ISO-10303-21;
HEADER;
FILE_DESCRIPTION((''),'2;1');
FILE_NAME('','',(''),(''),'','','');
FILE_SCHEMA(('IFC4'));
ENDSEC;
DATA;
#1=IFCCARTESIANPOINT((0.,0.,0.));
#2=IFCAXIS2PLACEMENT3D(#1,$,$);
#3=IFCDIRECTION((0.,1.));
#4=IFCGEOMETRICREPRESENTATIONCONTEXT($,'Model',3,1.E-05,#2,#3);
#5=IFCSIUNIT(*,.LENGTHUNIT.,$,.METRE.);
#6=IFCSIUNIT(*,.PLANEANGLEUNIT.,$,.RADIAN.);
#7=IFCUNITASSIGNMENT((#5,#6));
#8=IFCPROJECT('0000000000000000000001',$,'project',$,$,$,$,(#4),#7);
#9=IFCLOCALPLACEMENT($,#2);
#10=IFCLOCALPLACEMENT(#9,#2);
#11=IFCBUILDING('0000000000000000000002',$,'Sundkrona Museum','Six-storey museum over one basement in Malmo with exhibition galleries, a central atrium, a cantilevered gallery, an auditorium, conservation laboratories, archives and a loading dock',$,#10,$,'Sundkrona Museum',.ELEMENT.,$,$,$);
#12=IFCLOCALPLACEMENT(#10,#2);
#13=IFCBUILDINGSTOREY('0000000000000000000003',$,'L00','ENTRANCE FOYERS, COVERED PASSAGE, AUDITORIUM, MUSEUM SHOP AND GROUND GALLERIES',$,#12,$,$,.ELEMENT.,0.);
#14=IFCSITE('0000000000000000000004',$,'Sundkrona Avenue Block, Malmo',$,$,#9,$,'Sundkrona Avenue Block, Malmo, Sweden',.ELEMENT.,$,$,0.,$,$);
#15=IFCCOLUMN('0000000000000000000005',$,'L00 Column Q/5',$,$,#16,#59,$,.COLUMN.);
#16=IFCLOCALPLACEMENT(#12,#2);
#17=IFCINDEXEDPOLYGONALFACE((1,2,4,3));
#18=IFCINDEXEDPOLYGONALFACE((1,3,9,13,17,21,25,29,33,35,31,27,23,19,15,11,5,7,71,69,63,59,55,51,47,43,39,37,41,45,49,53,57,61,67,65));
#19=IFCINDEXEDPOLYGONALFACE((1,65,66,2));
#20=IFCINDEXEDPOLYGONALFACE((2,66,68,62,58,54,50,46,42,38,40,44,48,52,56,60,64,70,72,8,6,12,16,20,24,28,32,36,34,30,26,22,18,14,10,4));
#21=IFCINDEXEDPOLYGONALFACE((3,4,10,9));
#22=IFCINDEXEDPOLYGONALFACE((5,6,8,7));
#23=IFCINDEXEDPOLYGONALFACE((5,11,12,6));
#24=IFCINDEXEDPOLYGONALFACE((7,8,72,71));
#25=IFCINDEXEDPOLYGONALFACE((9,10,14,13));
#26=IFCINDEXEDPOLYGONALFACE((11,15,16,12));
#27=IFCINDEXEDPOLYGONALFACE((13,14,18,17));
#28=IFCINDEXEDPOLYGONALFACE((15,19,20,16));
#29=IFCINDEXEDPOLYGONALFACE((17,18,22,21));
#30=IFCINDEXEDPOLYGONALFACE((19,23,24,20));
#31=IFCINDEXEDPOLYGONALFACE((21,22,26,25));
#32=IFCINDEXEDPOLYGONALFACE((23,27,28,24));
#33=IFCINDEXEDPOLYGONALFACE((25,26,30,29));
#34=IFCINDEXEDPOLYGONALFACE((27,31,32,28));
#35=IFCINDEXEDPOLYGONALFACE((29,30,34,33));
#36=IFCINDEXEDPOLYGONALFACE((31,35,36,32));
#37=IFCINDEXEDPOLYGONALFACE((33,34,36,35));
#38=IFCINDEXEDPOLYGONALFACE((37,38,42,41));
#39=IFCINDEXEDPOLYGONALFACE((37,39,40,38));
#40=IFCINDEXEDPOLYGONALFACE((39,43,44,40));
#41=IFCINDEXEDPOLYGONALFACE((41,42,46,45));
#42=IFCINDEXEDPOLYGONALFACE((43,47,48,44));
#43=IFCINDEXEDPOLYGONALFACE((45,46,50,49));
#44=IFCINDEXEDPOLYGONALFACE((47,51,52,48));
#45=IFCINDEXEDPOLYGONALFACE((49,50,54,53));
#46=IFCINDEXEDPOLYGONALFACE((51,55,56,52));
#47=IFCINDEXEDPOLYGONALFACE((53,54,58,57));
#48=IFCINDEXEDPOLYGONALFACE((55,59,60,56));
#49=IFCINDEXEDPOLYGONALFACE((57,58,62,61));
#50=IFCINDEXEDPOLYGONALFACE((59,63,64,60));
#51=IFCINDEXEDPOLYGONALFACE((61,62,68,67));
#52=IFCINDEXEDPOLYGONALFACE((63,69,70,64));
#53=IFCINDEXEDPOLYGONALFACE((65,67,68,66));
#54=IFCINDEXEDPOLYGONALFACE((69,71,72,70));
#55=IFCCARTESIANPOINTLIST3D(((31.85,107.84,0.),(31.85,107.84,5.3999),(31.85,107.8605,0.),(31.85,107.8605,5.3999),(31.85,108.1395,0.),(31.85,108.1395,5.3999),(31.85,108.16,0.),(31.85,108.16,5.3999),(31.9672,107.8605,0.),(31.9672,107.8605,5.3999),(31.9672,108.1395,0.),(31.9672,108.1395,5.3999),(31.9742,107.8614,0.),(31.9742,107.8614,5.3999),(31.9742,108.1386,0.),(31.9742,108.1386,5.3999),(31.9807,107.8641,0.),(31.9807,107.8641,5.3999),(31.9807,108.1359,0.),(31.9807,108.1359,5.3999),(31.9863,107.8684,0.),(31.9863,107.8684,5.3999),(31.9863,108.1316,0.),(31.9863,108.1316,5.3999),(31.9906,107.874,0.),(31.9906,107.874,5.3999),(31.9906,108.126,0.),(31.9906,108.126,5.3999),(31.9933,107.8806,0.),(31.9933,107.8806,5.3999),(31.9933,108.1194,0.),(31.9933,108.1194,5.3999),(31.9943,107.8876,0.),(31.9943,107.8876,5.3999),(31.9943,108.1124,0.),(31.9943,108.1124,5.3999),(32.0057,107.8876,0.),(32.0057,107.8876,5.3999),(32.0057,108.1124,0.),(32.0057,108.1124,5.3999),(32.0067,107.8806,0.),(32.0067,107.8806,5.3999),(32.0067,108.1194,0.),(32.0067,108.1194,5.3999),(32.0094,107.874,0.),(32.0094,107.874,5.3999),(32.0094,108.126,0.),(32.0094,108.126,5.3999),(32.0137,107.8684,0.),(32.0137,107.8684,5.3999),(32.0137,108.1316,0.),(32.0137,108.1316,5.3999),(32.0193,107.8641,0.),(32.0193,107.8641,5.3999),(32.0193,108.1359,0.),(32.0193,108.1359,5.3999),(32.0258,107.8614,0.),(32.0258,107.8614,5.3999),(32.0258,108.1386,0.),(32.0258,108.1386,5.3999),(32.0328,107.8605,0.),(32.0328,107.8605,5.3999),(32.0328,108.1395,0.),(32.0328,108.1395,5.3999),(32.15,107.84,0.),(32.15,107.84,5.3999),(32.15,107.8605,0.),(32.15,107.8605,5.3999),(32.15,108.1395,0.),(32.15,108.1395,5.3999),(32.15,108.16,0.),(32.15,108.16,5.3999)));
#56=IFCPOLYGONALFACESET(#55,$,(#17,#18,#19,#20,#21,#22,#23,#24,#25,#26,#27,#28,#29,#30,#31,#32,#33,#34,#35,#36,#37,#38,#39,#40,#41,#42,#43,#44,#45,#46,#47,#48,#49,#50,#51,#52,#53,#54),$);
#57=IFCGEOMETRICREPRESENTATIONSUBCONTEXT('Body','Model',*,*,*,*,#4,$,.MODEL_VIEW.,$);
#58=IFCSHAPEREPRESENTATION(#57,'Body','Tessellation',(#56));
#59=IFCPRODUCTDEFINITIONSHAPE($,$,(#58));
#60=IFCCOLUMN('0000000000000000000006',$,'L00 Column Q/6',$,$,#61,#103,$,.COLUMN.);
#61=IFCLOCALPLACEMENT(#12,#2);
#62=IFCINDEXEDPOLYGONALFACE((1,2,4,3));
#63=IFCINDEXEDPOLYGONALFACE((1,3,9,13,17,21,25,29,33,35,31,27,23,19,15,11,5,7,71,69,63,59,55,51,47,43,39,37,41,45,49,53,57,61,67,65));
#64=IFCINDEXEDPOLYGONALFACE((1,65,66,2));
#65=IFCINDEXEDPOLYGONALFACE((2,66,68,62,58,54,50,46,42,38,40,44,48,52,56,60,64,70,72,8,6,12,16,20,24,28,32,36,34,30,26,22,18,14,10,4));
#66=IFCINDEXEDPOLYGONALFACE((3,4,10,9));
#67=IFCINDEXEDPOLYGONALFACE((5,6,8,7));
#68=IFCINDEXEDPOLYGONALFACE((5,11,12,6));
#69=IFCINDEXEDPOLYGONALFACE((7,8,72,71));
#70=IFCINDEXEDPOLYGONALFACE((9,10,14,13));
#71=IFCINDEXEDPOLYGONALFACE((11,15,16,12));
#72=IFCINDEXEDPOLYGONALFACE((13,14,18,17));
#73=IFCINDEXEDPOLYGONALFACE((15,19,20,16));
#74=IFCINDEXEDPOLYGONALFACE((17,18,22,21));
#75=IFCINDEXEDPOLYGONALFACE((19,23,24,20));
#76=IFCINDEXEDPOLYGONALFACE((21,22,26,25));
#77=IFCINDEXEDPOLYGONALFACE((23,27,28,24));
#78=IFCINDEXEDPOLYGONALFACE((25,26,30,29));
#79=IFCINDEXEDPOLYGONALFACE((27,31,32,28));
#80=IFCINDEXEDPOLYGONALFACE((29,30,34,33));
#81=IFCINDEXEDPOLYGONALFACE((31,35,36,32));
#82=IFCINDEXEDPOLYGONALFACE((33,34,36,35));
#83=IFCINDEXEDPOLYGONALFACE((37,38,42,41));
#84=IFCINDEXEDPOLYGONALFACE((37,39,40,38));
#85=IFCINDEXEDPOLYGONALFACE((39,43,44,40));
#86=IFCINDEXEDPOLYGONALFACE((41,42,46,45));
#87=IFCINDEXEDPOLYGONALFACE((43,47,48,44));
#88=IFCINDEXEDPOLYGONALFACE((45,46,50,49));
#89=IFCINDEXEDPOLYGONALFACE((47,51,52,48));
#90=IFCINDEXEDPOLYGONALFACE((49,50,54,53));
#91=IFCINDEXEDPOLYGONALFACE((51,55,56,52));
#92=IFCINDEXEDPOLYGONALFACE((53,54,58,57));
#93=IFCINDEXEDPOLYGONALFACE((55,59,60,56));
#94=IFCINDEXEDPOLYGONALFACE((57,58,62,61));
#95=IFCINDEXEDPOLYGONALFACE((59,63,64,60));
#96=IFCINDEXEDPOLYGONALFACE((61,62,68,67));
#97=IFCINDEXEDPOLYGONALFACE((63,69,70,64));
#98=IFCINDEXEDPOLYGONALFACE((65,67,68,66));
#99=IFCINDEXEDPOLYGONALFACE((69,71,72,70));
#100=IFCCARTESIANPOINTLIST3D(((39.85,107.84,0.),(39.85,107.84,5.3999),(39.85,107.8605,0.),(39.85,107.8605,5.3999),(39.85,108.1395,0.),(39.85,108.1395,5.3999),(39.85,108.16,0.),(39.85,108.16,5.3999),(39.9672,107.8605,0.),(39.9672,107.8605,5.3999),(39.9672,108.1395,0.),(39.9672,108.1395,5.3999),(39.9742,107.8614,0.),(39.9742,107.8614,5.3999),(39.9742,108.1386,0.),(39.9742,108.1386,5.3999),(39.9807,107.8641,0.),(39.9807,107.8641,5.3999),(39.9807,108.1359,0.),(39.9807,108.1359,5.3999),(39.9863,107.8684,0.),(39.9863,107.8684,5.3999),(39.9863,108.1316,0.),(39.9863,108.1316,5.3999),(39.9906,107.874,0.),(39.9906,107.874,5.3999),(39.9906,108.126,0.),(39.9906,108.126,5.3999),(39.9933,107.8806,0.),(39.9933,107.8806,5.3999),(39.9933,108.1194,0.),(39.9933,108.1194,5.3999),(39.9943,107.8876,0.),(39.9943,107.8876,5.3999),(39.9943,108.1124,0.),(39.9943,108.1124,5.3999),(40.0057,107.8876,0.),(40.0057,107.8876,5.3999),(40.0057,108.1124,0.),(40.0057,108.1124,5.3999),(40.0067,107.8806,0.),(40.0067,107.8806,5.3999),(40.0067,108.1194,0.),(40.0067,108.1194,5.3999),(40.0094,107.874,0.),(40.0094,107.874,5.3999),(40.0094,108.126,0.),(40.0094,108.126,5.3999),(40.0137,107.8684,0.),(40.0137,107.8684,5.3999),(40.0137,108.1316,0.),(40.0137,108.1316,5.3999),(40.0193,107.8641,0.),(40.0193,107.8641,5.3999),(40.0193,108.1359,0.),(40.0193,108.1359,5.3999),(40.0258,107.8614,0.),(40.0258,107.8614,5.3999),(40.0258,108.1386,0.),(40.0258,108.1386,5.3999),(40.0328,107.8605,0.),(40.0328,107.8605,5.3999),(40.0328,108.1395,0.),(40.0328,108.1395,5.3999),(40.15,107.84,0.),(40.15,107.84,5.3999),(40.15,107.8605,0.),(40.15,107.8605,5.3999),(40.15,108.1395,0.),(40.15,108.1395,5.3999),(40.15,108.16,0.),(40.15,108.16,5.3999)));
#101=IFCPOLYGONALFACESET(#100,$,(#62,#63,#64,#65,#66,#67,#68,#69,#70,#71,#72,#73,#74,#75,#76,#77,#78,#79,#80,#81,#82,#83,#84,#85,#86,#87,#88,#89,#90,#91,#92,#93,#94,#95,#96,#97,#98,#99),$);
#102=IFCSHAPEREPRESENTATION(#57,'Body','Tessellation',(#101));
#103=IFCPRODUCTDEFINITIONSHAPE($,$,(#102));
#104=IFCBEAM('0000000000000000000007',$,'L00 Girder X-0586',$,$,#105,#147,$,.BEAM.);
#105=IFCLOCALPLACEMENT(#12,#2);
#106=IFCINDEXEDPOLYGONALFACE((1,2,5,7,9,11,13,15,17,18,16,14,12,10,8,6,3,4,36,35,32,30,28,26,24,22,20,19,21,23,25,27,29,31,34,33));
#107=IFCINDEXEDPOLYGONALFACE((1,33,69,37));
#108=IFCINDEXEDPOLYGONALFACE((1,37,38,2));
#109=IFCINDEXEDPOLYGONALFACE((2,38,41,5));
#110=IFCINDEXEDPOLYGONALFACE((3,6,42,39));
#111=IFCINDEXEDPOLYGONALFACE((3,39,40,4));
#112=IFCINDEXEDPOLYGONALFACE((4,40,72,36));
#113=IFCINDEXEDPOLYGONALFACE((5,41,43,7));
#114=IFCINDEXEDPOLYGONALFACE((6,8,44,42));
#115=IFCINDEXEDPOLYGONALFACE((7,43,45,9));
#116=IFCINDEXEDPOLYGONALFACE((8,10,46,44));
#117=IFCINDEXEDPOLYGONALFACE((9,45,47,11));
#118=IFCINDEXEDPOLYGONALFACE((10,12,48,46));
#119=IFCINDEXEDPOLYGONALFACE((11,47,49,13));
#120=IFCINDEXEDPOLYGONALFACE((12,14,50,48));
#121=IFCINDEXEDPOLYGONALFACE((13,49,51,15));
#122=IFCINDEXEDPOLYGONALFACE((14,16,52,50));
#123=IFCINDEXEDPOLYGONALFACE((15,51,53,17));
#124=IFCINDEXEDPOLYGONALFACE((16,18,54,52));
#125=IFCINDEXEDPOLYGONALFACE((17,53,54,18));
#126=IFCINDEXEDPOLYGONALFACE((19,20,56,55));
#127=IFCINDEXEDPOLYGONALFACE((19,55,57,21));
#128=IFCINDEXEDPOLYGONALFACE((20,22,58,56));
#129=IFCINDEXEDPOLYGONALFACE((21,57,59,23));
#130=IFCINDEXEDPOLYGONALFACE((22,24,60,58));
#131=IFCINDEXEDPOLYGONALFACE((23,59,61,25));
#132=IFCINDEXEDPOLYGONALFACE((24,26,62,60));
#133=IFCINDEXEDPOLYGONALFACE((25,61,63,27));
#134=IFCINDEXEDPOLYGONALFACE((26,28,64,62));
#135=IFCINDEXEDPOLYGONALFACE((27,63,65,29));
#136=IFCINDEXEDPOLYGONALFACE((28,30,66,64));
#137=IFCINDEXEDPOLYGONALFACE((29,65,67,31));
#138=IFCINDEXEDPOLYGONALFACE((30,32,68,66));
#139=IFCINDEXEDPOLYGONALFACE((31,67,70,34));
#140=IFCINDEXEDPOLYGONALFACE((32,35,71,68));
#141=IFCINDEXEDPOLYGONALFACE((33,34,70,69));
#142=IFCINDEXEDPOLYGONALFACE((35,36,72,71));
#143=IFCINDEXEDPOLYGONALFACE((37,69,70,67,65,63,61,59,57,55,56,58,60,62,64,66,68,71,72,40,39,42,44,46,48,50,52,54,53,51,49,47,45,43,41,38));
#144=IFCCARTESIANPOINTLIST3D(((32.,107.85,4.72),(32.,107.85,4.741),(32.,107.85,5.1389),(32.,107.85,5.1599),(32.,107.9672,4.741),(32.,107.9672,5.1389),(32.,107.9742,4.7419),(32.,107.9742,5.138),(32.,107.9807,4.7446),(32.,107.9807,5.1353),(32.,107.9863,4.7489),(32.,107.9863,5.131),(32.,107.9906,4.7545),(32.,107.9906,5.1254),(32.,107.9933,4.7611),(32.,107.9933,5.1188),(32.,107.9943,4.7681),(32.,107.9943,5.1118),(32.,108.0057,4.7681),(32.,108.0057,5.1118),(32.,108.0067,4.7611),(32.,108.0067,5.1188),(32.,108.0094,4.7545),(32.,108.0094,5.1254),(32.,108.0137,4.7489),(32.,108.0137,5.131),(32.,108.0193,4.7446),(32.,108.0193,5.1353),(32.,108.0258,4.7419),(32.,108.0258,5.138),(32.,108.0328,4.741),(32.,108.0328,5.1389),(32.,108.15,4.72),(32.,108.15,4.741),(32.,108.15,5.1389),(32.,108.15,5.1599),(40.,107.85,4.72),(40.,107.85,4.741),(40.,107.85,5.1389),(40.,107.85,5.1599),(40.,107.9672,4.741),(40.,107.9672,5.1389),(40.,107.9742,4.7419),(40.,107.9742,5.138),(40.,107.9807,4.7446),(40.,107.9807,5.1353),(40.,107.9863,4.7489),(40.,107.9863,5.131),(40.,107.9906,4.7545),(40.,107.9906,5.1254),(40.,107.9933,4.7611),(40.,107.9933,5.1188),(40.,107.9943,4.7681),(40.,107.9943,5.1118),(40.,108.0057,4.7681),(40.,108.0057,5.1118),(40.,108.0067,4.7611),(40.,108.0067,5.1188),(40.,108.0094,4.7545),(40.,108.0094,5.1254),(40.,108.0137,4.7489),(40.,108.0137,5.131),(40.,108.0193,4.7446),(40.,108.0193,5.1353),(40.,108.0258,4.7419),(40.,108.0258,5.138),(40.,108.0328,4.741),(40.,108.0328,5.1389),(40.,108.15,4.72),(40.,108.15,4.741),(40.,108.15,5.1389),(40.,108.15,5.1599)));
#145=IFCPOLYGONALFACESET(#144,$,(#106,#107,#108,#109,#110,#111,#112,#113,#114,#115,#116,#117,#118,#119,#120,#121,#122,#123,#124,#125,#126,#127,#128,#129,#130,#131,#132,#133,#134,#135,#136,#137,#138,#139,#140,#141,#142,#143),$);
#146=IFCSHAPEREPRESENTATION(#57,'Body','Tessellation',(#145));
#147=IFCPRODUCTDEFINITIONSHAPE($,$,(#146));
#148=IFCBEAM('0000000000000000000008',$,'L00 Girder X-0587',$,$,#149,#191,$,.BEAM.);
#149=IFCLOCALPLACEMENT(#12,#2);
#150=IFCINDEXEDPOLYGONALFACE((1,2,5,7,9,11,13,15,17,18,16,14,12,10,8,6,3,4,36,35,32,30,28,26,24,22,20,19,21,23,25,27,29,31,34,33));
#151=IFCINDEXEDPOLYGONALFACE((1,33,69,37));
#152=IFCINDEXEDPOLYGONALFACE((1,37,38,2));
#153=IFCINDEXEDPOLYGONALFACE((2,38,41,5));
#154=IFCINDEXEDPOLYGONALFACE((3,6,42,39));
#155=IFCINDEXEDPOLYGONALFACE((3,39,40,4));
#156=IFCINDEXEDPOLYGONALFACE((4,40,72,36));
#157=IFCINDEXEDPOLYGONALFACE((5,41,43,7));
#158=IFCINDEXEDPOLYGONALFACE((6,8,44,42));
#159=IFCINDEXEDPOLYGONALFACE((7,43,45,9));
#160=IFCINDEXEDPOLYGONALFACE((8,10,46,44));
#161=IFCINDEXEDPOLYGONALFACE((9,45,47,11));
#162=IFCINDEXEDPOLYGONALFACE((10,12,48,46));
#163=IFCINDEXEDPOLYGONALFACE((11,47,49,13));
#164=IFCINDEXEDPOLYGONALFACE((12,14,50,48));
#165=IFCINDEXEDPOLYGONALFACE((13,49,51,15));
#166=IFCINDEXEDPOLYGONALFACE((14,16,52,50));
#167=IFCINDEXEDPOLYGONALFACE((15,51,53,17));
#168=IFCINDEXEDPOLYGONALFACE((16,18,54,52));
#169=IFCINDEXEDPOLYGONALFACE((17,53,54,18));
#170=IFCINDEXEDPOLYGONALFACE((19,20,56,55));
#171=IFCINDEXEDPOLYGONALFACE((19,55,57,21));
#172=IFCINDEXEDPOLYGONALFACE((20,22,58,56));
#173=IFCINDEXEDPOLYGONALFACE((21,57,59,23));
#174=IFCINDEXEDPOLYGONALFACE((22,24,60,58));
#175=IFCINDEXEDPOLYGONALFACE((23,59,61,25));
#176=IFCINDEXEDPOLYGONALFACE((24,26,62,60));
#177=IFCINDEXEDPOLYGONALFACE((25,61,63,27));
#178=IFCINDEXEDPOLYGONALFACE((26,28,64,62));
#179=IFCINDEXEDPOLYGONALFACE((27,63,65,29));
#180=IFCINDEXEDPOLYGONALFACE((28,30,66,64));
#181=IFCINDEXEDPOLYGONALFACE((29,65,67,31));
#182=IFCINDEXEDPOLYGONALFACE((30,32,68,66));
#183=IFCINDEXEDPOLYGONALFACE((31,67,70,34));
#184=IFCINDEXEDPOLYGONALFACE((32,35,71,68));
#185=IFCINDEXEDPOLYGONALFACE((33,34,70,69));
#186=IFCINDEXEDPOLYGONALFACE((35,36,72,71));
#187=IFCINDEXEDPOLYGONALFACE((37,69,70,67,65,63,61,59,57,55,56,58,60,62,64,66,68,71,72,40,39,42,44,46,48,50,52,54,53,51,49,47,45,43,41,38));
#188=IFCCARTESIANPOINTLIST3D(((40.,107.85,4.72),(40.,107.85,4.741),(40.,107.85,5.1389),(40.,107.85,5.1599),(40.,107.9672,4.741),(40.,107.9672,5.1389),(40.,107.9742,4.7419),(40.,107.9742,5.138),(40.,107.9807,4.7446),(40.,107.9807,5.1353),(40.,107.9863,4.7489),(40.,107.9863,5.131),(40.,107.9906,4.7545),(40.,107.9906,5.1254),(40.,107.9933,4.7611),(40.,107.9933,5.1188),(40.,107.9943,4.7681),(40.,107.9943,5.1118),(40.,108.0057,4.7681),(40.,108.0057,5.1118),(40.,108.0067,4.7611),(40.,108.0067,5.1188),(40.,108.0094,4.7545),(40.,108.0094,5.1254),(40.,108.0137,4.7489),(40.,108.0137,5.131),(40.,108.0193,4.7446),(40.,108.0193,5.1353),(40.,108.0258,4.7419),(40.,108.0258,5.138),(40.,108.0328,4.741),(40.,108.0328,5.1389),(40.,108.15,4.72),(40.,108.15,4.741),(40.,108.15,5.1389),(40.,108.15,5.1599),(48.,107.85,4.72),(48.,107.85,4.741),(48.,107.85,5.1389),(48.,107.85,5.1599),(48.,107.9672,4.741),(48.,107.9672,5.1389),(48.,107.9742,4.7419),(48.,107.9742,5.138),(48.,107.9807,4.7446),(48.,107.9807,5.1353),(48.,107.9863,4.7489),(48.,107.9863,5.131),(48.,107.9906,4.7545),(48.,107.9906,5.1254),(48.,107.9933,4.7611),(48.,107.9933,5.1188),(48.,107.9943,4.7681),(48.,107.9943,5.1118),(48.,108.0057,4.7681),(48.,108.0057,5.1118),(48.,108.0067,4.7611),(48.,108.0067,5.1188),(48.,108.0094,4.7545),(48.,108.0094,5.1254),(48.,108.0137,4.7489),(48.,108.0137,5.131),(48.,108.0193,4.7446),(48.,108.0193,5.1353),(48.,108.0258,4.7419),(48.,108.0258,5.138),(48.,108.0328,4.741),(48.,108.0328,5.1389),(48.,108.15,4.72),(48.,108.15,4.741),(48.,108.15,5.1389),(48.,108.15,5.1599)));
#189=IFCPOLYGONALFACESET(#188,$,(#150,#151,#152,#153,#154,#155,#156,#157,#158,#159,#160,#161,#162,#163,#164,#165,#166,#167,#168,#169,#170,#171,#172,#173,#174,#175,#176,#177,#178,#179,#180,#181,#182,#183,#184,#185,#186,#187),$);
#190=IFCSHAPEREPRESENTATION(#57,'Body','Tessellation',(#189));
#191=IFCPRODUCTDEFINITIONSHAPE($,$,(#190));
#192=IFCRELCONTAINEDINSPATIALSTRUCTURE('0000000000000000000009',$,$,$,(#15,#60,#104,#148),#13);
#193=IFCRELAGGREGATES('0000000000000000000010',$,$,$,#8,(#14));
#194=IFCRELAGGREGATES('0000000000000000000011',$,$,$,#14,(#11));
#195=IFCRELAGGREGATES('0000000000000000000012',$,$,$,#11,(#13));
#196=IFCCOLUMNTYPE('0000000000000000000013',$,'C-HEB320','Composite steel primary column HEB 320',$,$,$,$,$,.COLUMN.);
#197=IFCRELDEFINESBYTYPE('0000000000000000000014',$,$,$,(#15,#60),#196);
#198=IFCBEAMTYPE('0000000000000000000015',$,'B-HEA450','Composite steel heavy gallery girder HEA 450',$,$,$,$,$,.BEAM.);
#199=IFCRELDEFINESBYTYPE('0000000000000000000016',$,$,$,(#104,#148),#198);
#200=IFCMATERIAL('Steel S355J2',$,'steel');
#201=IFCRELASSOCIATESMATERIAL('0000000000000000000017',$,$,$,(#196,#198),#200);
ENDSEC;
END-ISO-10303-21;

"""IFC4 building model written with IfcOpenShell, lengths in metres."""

from ifc_helpers import new_model, si_unit, direction, frame, origin, origin_2d, place, context, subcontext, project, spatial, i_section, extrude, material, material_profile, profile_set, type_object, element, save


model = new_model("IFC4")

# Units and contexts
model_context = context("Model", 3, precision=1e-05, world=origin(), true_north=direction((0.0, 1.0)))
body_context = subcontext(model_context, "Body", "Model", "MODEL_VIEW")
ifc_project = project(units=[si_unit("LENGTHUNIT", "METRE"), si_unit("PLANEANGLEUNIT", "RADIAN")], contexts=[model_context])

# Site, building, storey
site_placement = place(None, origin())
site = spatial("IfcSite", under=ifc_project, at=site_placement, Name="Sundkrona Avenue Block, Malmo", LongName="Sundkrona Avenue Block, Malmo, Sweden", CompositionType="ELEMENT", RefElevation=0.0)
building_placement = place(site_placement, origin())
building = spatial("IfcBuilding", under=site, at=building_placement, Name="Sundkrona Museum", Description="Six-storey museum over one basement in Malmo with exhibition galleries, a central atrium, a cantilevered gallery, an auditorium, conservation laboratories, archives and a loading dock", LongName="Sundkrona Museum", CompositionType="ELEMENT")
storey_placement = place(building_placement, origin())
storey = spatial("IfcBuildingStorey", under=building, at=storey_placement, Name="L00", Description="ENTRANCE FOYERS, COVERED PASSAGE, AUDITORIUM, MUSEUM SHOP AND GROUND GALLERIES", CompositionType="ELEMENT", Elevation=0.0)

# Columns
ifc_material_1 = material(Name="Steel S355J2", Category="steel")
ifc_material_profile_1 = material_profile(ifc_material_1, i_section(OverallWidth=0.3, OverallDepth=0.3201, WebThickness=0.0115, FlangeThickness=0.0205, FilletRadius=0.0271, at=origin_2d()), Name="HEB 320")
ifc_profile_set_1 = profile_set([ifc_material_profile_1], Name="Steel S355J2")
column_type = type_object("IfcColumnType", Name="C-HEB320", Description="Composite steel primary column HEB 320", PredefinedType="COLUMN", material=ifc_profile_set_1)
for number, where, z_axis, x_axis, name in (
    (1, (32.0, 108.0, 0.0), (0.0, 0.0, 1.0), (1.0, 0.0, 0.0), "L00 Column Q/5"),
    (2, (40.0, 108.0, 0.0), (0.0, 0.0, 1.0), (1.0, 0.0, 0.0), "L00 Column Q/6"),
):
    element("IfcColumn", number, at=place(storey_placement, frame(where, z_axis=z_axis, x_axis=x_axis)), inside=storey, type_object=column_type, Name=name, PredefinedType="COLUMN", context=body_context, shape_type="SweptSolid", body=[
        extrude(i_section(OverallWidth=0.3, OverallDepth=0.3201, WebThickness=0.0115, FlangeThickness=0.0205, FilletRadius=0.0271, at=origin_2d()), origin(), (0.0, 0.0, 1.0), 5.3999),
    ])

# Beams
ifc_material_profile_2 = material_profile(ifc_material_1, i_section(OverallWidth=0.3, OverallDepth=0.4399, WebThickness=0.0115, FlangeThickness=0.021, FilletRadius=0.0271, at=origin_2d()), Name="HEA 450")
ifc_profile_set_2 = profile_set([ifc_material_profile_2], Name="Steel S355J2")
beam_type_1 = type_object("IfcBeamType", Name="B-HEA450", Description="Composite steel heavy gallery girder HEA 450", PredefinedType="BEAM", material=ifc_profile_set_2)
for number, where, z_axis, x_axis, name in (
    (3, (32.0, 108.0, 4.9399), (1.0, 0.0, 0.0), (0.0, 1.0, 0.0), "L00 Girder X-0586"),
    (4, (40.0, 108.0, 4.9399), (1.0, 0.0, 0.0), (0.0, 1.0, 0.0), "L00 Girder X-0587"),
):
    element("IfcBeam", number, at=place(storey_placement, frame(where, z_axis=z_axis, x_axis=x_axis)), inside=storey, type_object=beam_type_1, Name=name, PredefinedType="BEAM", context=body_context, shape_type="SweptSolid", body=[
        extrude(i_section(OverallWidth=0.3, OverallDepth=0.4399, WebThickness=0.0115, FlangeThickness=0.021, FilletRadius=0.0271, at=origin_2d()), origin(), (0.0, 0.0, 1.0), 8.0),
    ])

save(model, "model.ifc")
